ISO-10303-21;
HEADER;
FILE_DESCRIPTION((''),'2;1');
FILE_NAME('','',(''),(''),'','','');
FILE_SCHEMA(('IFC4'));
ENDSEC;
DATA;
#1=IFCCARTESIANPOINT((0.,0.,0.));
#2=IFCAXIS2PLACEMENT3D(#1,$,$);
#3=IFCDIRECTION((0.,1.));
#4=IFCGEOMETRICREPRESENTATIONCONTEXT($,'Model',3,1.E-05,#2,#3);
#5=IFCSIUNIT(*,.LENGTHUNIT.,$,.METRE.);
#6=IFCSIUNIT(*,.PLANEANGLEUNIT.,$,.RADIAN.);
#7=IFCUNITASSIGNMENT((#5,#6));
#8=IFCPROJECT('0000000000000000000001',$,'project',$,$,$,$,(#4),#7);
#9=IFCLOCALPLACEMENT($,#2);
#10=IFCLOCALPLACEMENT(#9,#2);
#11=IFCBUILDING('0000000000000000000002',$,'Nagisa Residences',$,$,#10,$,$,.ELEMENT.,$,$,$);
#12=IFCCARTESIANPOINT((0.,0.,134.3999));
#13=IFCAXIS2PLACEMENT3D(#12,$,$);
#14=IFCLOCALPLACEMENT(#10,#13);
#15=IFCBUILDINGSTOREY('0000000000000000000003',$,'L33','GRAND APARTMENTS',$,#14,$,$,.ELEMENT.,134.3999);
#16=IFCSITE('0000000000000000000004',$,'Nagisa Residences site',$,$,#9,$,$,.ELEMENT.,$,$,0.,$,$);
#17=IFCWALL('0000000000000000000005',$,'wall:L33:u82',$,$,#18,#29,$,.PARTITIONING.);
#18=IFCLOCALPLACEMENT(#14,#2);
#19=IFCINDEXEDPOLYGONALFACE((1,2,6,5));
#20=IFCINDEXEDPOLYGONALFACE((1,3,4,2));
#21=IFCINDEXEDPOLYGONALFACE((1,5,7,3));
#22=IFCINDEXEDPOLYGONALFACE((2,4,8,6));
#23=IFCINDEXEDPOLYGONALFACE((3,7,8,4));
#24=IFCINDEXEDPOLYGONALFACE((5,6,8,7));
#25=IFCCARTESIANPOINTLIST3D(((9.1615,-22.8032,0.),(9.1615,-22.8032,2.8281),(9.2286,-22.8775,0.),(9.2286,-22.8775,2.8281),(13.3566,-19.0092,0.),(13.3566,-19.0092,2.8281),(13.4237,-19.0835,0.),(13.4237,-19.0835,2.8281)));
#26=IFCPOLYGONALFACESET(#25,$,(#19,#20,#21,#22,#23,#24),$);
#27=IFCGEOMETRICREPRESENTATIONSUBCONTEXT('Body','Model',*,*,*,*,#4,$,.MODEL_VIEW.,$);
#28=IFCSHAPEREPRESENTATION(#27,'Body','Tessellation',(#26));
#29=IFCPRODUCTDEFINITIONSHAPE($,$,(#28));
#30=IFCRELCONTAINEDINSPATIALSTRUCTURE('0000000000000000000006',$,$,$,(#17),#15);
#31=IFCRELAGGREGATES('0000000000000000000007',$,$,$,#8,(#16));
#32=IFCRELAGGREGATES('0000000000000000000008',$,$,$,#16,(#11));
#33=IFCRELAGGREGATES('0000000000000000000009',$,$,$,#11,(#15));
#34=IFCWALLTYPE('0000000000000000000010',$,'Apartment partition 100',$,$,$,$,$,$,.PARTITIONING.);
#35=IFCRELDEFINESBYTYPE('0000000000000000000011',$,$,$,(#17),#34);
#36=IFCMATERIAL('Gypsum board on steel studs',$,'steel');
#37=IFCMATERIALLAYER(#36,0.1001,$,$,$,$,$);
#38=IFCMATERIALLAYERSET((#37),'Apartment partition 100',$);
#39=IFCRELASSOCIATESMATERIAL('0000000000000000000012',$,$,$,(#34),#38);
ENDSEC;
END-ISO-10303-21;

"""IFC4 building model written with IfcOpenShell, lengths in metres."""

from ifc_helpers import new_model, si_unit, direction, frame, frame_2d, origin, place, context, subcontext, project, spatial, rectangle, extrude, material, layer, layer_set, type_object, element, save


model = new_model("IFC4")

# Units and contexts
model_context = context("Model", 3, precision=1e-05, world=origin(), true_north=direction((0.0, 1.0)))
body_context = subcontext(model_context, "Body", "Model", "MODEL_VIEW")
ifc_project = project(units=[si_unit("LENGTHUNIT", "METRE"), si_unit("PLANEANGLEUNIT", "RADIAN")], contexts=[model_context])

# Site, building, storey
site_placement = place(None, origin())
site = spatial("IfcSite", under=ifc_project, at=site_placement, Name="Nagisa Residences site", CompositionType="ELEMENT", RefElevation=0.0)
building_placement = place(site_placement, origin())
building = spatial("IfcBuilding", under=site, at=building_placement, Name="Nagisa Residences", CompositionType="ELEMENT")
storey_placement = place(building_placement, frame((0.0, 0.0, 134.3999)))
storey = spatial("IfcBuildingStorey", under=building, at=storey_placement, Name="L33", Description="GRAND APARTMENTS", CompositionType="ELEMENT", Elevation=134.3999)

# Shared definitions
ifc_material_1 = material(Name="Gypsum board on steel studs", Category="steel")
ifc_layer_1 = layer(ifc_material_1, 0.1001)
ifc_layer_set_1 = layer_set([ifc_layer_1], Name="Apartment partition 100")
wall_type_1 = type_object("IfcWallType", Name="Apartment partition 100", PredefinedType="PARTITIONING", material=ifc_layer_set_1)

# Wall
wall_1_placement = place(storey_placement, frame((9.1951, -22.8403, 0.0), z_axis=(0.0, 0.0, 1.0), x_axis=(0.741676, 0.670758, 0.0)))
element("IfcWall", 1, at=wall_1_placement, inside=storey, type_object=wall_type_1, Name="wall:L33:u82", PredefinedType="PARTITIONING", context=body_context, shape_type="SweptSolid", body=[
    extrude(rectangle(XDim=5.6562, YDim=0.1001, at=frame_2d((2.8281, 0.0))), origin(), (0.0, 0.0, 1.0), 2.8281),
])

save(model, "model.ifc")
